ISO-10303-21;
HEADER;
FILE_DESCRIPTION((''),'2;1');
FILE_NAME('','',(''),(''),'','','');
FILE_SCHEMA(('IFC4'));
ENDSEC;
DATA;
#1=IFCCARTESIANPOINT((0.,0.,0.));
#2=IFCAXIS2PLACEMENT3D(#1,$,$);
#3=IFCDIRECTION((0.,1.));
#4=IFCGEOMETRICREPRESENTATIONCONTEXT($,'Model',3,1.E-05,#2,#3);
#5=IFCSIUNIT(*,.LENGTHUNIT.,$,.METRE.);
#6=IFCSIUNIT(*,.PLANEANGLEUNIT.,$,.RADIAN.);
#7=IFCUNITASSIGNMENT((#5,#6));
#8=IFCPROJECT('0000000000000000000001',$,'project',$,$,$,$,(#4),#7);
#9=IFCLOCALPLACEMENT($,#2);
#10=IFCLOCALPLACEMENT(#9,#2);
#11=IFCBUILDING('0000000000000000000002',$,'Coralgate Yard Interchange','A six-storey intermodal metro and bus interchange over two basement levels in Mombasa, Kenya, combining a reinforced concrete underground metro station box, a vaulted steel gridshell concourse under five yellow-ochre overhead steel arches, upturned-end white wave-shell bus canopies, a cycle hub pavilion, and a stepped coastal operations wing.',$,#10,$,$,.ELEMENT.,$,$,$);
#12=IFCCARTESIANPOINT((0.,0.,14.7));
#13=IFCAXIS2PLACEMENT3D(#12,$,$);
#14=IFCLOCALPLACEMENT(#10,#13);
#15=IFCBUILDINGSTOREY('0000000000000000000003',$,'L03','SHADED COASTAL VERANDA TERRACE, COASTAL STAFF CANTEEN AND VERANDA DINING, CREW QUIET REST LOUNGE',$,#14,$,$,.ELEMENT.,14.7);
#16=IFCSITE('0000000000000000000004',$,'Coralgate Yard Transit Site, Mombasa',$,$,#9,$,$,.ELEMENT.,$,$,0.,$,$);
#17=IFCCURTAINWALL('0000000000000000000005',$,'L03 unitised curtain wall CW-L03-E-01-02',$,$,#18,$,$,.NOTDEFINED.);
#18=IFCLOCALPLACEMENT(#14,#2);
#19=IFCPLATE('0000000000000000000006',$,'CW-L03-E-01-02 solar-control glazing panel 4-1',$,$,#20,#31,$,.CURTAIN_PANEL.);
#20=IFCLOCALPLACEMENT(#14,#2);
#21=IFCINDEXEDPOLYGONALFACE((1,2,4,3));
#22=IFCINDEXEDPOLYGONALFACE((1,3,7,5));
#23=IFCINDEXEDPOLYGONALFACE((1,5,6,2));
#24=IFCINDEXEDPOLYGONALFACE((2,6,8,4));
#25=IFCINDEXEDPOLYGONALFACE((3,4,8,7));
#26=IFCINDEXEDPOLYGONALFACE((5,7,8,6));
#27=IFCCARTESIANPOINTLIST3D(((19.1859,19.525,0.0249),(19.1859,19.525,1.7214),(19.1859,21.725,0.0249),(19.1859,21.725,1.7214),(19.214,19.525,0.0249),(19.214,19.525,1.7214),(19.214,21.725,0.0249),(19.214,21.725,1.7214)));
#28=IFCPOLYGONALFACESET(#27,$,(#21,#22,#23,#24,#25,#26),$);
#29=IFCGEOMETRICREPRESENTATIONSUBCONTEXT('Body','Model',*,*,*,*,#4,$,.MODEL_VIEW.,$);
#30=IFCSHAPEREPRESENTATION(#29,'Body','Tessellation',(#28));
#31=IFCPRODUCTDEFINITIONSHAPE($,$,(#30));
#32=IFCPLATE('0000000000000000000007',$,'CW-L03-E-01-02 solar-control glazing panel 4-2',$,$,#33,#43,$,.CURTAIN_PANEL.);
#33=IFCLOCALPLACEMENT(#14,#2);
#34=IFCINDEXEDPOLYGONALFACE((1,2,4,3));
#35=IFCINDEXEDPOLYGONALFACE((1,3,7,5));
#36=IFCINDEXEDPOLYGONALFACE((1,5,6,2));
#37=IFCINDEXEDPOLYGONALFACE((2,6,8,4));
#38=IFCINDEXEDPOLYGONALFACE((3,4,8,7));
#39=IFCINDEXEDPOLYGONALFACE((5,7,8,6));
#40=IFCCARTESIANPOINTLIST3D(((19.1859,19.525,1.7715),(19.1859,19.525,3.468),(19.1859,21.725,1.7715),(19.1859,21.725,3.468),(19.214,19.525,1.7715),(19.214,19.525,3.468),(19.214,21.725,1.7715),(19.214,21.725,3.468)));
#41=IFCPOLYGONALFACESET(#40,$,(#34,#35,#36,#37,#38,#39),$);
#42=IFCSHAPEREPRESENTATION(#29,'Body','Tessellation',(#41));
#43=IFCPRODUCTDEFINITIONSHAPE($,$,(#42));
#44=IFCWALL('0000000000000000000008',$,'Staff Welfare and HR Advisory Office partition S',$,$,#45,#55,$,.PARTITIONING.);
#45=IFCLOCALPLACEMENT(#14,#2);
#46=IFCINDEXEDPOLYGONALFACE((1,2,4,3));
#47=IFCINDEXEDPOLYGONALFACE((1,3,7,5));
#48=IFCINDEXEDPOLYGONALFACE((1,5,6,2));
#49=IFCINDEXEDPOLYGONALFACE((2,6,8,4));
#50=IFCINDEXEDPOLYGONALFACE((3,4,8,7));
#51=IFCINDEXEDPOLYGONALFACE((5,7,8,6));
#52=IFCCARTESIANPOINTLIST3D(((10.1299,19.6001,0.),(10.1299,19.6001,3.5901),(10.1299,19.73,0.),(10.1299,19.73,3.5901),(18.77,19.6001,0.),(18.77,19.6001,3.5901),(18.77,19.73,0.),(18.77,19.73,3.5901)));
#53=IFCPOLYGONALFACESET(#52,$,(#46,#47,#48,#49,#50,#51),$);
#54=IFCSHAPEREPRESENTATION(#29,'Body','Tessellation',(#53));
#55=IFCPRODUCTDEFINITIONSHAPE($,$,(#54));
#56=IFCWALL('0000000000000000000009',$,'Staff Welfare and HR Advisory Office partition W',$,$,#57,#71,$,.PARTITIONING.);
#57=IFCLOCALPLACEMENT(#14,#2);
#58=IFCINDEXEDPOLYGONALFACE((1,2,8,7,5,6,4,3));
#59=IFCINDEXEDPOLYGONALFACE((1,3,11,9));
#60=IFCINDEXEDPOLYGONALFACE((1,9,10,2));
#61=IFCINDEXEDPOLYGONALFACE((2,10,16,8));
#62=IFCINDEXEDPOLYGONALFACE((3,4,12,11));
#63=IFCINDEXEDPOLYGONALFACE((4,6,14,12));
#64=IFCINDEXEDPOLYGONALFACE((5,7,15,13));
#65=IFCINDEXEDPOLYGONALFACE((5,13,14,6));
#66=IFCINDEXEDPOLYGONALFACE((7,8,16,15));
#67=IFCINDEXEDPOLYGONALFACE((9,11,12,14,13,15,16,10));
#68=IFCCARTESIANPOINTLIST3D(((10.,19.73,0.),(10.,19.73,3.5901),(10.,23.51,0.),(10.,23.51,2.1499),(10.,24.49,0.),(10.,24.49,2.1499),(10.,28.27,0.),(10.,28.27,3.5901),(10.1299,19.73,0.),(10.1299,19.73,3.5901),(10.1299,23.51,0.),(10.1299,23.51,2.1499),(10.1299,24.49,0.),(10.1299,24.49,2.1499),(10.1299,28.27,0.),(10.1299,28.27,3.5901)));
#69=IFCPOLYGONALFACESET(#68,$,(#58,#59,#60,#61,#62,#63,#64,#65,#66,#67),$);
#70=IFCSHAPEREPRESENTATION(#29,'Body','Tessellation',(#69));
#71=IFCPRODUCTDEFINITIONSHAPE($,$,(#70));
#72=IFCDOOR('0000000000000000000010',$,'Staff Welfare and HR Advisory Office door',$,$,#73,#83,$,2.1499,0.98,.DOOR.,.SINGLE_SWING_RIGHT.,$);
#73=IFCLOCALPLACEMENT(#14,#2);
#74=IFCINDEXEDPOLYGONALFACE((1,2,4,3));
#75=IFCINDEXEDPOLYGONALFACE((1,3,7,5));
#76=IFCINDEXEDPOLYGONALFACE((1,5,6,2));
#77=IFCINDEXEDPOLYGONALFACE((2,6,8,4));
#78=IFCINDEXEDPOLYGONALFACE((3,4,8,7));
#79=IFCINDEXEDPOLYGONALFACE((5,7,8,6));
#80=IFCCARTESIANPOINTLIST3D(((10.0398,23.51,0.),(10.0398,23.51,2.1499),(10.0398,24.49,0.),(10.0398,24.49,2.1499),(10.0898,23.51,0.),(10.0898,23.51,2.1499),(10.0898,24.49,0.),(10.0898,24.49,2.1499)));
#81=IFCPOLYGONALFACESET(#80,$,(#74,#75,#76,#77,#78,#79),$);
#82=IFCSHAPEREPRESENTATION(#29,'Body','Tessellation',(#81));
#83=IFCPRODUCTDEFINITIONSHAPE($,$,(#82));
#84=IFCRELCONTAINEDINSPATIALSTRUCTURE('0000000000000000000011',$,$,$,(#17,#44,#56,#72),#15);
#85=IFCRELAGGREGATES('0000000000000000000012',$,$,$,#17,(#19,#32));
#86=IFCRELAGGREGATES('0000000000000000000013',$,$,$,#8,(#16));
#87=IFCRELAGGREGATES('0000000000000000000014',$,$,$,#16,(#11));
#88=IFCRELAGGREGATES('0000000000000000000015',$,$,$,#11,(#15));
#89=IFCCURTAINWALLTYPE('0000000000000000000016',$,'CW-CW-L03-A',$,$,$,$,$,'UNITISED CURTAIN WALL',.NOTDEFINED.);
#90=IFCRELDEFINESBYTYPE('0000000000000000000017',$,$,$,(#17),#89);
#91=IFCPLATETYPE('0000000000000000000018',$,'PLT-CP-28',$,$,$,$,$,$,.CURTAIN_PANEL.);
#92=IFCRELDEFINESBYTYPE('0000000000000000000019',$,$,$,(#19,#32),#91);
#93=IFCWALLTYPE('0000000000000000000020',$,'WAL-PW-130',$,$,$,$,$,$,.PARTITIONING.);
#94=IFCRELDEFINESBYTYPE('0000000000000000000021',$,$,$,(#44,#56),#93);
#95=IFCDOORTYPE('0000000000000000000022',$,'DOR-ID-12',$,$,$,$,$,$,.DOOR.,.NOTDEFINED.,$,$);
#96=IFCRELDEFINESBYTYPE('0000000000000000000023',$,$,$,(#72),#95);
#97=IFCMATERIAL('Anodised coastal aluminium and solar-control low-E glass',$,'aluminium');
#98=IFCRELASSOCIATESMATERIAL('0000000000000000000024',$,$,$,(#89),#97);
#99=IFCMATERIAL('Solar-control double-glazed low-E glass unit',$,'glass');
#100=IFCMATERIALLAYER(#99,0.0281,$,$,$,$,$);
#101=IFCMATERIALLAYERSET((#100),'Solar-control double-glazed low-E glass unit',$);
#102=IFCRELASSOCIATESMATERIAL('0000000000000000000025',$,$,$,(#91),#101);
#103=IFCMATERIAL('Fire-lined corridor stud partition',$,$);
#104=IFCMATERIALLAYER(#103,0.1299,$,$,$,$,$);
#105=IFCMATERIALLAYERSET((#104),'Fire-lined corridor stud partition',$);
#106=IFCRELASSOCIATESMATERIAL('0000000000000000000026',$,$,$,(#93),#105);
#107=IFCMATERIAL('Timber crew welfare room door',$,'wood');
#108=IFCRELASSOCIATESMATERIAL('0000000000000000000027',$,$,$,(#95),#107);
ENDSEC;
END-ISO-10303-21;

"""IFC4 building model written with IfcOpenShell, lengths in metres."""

from ifc_helpers import new_model, si_unit, direction, frame, frame_2d, origin, origin_2d, place, context, subcontext, project, spatial, rectangle, extrude, material, layer, layer_set, type_object, element, fill, aggregate, save


model = new_model("IFC4")

# Units and contexts
model_context = context("Model", 3, precision=1e-05, world=origin(), true_north=direction((0.0, 1.0)))
body_context = subcontext(model_context, "Body", "Model", "MODEL_VIEW")
ifc_project = project(units=[si_unit("LENGTHUNIT", "METRE"), si_unit("PLANEANGLEUNIT", "RADIAN")], contexts=[model_context])

# Site, building, storey
site_placement = place(None, origin())
site = spatial("IfcSite", under=ifc_project, at=site_placement, Name="Coralgate Yard Transit Site, Mombasa", CompositionType="ELEMENT", RefElevation=0.0)
building_placement = place(site_placement, origin())
building = spatial("IfcBuilding", under=site, at=building_placement, Name="Coralgate Yard Interchange", Description="A six-storey intermodal metro and bus interchange over two basement levels in Mombasa, Kenya, combining a reinforced concrete underground metro station box, a vaulted steel gridshell concourse under five yellow-ochre overhead steel arches, upturned-end white wave-shell bus canopies, a cycle hub pavilion, and a stepped coastal operations wing.", CompositionType="ELEMENT")
storey_placement = place(building_placement, frame((0.0, 0.0, 14.7)))
storey = spatial("IfcBuildingStorey", under=building, at=storey_placement, Name="L03", Description="SHADED COASTAL VERANDA TERRACE, COASTAL STAFF CANTEEN AND VERANDA DINING, CREW QUIET REST LOUNGE", CompositionType="ELEMENT", Elevation=14.7)

# Curtain wall, plates
ifc_material_1 = material(Name="Anodised coastal aluminium and solar-control low-E glass", Category="aluminium")
curtain_wall_type = type_object("IfcCurtainWallType", Name="CW-CW-L03-A", ElementType="UNITISED CURTAIN WALL", PredefinedType="NOTDEFINED", material=ifc_material_1)
curtain_wall_placement = place(storey_placement, origin())
curtain_wall = element("IfcCurtainWall", 1, at=curtain_wall_placement, inside=storey, type_object=curtain_wall_type, Name="L03 unitised curtain wall CW-L03-E-01-02", PredefinedType="NOTDEFINED")
ifc_material_2 = material(Name="Solar-control double-glazed low-E glass unit", Category="glass")
ifc_layer_1 = layer(ifc_material_2, 0.0281)
ifc_layer_set_1 = layer_set([ifc_layer_1], Name="Solar-control double-glazed low-E glass unit")
plate_type = type_object("IfcPlateType", Name="PLT-CP-28", PredefinedType="CURTAIN_PANEL", material=ifc_layer_set_1)
plate_1_placement = place(storey_placement, frame((19.2, 20.625, 0.0249), z_axis=(0.0, 0.0, 1.0), x_axis=(0.0, -1.0, 0.0)))
plate_1 = element("IfcPlate", 2, at=plate_1_placement, type_object=plate_type, Name="CW-L03-E-01-02 solar-control glazing panel 4-1", PredefinedType="CURTAIN_PANEL", context=body_context, shape_type="SweptSolid", body=[
    extrude(rectangle(XDim=2.2, YDim=0.0281, at=origin_2d()), origin(), (0.0, 0.0, 1.0), 1.6965),
])
plate_2_placement = place(storey_placement, frame((19.2, 20.625, 1.7715), z_axis=(0.0, 0.0, 1.0), x_axis=(0.0, -1.0, 0.0)))
plate_2 = element("IfcPlate", 3, at=plate_2_placement, type_object=plate_type, Name="CW-L03-E-01-02 solar-control glazing panel 4-2", PredefinedType="CURTAIN_PANEL", context=body_context, shape_type="SweptSolid", body=[
    extrude(rectangle(XDim=2.2, YDim=0.0281, at=origin_2d()), origin(), (0.0, 0.0, 1.0), 1.6965),
])
aggregate(curtain_wall, [plate_1, plate_2])

# Wall
ifc_material_3 = material(Name="Fire-lined corridor stud partition")
ifc_layer_2 = layer(ifc_material_3, 0.1299)
ifc_layer_set_2 = layer_set([ifc_layer_2], Name="Fire-lined corridor stud partition")
wall_type = type_object("IfcWallType", Name="WAL-PW-130", PredefinedType="PARTITIONING", material=ifc_layer_set_2)
wall_1_placement = place(storey_placement, frame((18.77, 19.665, 0.0), z_axis=(0.0, 0.0, 1.0), x_axis=(-1.0, 0.0, 0.0)))
element("IfcWall", 4, at=wall_1_placement, inside=storey, type_object=wall_type, Name="Staff Welfare and HR Advisory Office partition S", PredefinedType="PARTITIONING", context=body_context, shape_type="SweptSolid", body=[
    extrude(rectangle(XDim=8.6401, YDim=0.1299, at=frame_2d((4.3201, 0.0))), origin(), (0.0, 0.0, 1.0), 3.5901),
])

# Wall, opening, door
wall_2_placement = place(storey_placement, frame((10.0649, 19.73, 0.0), z_axis=(0.0, 0.0, 1.0), x_axis=(0.0, 1.0, 0.0)))
wall_2 = element("IfcWall", 5, at=wall_2_placement, inside=storey, type_object=wall_type, Name="Staff Welfare and HR Advisory Office partition W", PredefinedType="PARTITIONING", context=body_context, shape_type="SweptSolid", body=[
    extrude(rectangle(XDim=8.54, YDim=0.1299, at=frame_2d((4.27, 0.0))), origin(), (0.0, 0.0, 1.0), 3.5901),
])
opening_placement = place(wall_2_placement, frame((3.78, 0.0, 0.0)))
opening = element("IfcOpeningElement", 6, at=opening_placement, cuts=wall_2, PredefinedType="OPENING", context=body_context, shape_type="SweptSolid", body=[
    extrude(rectangle(XDim=0.98, YDim=2.1499, at=frame_2d((0.49, 1.075))), frame((0.0, 0.075, 0.0), z_axis=(0.0, -1.0, 0.0), x_axis=(1.0, 0.0, 0.0)), (0.0, 0.0, 1.0), 0.1499),
])
ifc_material_4 = material(Name="Timber crew welfare room door", Category="wood")
door_type = type_object("IfcDoorType", Name="DOR-ID-12", OperationType="NOTDEFINED", PredefinedType="DOOR", material=ifc_material_4)
door_placement = place(opening_placement, frame((0.98, 0.0, 0.0), z_axis=(0.0, 0.0, 1.0), x_axis=(-1.0, 0.0, 0.0)))
door = element("IfcDoor", 7, at=door_placement, inside=storey, type_object=door_type, Name="Staff Welfare and HR Advisory Office door", OperationType="SINGLE_SWING_RIGHT", OverallHeight=2.1499, OverallWidth=0.98, PredefinedType="DOOR", context=body_context, shape_type="SweptSolid", body=[
    extrude(rectangle(XDim=0.98, YDim=2.1499, at=frame_2d((0.49, 1.075))), frame((0.0, 0.0249, 0.0), z_axis=(0.0, -1.0, 0.0), x_axis=(1.0, 0.0, 0.0)), (0.0, 0.0, 1.0), 0.05),
])
fill(opening, door)

save(model, "model.ifc")
